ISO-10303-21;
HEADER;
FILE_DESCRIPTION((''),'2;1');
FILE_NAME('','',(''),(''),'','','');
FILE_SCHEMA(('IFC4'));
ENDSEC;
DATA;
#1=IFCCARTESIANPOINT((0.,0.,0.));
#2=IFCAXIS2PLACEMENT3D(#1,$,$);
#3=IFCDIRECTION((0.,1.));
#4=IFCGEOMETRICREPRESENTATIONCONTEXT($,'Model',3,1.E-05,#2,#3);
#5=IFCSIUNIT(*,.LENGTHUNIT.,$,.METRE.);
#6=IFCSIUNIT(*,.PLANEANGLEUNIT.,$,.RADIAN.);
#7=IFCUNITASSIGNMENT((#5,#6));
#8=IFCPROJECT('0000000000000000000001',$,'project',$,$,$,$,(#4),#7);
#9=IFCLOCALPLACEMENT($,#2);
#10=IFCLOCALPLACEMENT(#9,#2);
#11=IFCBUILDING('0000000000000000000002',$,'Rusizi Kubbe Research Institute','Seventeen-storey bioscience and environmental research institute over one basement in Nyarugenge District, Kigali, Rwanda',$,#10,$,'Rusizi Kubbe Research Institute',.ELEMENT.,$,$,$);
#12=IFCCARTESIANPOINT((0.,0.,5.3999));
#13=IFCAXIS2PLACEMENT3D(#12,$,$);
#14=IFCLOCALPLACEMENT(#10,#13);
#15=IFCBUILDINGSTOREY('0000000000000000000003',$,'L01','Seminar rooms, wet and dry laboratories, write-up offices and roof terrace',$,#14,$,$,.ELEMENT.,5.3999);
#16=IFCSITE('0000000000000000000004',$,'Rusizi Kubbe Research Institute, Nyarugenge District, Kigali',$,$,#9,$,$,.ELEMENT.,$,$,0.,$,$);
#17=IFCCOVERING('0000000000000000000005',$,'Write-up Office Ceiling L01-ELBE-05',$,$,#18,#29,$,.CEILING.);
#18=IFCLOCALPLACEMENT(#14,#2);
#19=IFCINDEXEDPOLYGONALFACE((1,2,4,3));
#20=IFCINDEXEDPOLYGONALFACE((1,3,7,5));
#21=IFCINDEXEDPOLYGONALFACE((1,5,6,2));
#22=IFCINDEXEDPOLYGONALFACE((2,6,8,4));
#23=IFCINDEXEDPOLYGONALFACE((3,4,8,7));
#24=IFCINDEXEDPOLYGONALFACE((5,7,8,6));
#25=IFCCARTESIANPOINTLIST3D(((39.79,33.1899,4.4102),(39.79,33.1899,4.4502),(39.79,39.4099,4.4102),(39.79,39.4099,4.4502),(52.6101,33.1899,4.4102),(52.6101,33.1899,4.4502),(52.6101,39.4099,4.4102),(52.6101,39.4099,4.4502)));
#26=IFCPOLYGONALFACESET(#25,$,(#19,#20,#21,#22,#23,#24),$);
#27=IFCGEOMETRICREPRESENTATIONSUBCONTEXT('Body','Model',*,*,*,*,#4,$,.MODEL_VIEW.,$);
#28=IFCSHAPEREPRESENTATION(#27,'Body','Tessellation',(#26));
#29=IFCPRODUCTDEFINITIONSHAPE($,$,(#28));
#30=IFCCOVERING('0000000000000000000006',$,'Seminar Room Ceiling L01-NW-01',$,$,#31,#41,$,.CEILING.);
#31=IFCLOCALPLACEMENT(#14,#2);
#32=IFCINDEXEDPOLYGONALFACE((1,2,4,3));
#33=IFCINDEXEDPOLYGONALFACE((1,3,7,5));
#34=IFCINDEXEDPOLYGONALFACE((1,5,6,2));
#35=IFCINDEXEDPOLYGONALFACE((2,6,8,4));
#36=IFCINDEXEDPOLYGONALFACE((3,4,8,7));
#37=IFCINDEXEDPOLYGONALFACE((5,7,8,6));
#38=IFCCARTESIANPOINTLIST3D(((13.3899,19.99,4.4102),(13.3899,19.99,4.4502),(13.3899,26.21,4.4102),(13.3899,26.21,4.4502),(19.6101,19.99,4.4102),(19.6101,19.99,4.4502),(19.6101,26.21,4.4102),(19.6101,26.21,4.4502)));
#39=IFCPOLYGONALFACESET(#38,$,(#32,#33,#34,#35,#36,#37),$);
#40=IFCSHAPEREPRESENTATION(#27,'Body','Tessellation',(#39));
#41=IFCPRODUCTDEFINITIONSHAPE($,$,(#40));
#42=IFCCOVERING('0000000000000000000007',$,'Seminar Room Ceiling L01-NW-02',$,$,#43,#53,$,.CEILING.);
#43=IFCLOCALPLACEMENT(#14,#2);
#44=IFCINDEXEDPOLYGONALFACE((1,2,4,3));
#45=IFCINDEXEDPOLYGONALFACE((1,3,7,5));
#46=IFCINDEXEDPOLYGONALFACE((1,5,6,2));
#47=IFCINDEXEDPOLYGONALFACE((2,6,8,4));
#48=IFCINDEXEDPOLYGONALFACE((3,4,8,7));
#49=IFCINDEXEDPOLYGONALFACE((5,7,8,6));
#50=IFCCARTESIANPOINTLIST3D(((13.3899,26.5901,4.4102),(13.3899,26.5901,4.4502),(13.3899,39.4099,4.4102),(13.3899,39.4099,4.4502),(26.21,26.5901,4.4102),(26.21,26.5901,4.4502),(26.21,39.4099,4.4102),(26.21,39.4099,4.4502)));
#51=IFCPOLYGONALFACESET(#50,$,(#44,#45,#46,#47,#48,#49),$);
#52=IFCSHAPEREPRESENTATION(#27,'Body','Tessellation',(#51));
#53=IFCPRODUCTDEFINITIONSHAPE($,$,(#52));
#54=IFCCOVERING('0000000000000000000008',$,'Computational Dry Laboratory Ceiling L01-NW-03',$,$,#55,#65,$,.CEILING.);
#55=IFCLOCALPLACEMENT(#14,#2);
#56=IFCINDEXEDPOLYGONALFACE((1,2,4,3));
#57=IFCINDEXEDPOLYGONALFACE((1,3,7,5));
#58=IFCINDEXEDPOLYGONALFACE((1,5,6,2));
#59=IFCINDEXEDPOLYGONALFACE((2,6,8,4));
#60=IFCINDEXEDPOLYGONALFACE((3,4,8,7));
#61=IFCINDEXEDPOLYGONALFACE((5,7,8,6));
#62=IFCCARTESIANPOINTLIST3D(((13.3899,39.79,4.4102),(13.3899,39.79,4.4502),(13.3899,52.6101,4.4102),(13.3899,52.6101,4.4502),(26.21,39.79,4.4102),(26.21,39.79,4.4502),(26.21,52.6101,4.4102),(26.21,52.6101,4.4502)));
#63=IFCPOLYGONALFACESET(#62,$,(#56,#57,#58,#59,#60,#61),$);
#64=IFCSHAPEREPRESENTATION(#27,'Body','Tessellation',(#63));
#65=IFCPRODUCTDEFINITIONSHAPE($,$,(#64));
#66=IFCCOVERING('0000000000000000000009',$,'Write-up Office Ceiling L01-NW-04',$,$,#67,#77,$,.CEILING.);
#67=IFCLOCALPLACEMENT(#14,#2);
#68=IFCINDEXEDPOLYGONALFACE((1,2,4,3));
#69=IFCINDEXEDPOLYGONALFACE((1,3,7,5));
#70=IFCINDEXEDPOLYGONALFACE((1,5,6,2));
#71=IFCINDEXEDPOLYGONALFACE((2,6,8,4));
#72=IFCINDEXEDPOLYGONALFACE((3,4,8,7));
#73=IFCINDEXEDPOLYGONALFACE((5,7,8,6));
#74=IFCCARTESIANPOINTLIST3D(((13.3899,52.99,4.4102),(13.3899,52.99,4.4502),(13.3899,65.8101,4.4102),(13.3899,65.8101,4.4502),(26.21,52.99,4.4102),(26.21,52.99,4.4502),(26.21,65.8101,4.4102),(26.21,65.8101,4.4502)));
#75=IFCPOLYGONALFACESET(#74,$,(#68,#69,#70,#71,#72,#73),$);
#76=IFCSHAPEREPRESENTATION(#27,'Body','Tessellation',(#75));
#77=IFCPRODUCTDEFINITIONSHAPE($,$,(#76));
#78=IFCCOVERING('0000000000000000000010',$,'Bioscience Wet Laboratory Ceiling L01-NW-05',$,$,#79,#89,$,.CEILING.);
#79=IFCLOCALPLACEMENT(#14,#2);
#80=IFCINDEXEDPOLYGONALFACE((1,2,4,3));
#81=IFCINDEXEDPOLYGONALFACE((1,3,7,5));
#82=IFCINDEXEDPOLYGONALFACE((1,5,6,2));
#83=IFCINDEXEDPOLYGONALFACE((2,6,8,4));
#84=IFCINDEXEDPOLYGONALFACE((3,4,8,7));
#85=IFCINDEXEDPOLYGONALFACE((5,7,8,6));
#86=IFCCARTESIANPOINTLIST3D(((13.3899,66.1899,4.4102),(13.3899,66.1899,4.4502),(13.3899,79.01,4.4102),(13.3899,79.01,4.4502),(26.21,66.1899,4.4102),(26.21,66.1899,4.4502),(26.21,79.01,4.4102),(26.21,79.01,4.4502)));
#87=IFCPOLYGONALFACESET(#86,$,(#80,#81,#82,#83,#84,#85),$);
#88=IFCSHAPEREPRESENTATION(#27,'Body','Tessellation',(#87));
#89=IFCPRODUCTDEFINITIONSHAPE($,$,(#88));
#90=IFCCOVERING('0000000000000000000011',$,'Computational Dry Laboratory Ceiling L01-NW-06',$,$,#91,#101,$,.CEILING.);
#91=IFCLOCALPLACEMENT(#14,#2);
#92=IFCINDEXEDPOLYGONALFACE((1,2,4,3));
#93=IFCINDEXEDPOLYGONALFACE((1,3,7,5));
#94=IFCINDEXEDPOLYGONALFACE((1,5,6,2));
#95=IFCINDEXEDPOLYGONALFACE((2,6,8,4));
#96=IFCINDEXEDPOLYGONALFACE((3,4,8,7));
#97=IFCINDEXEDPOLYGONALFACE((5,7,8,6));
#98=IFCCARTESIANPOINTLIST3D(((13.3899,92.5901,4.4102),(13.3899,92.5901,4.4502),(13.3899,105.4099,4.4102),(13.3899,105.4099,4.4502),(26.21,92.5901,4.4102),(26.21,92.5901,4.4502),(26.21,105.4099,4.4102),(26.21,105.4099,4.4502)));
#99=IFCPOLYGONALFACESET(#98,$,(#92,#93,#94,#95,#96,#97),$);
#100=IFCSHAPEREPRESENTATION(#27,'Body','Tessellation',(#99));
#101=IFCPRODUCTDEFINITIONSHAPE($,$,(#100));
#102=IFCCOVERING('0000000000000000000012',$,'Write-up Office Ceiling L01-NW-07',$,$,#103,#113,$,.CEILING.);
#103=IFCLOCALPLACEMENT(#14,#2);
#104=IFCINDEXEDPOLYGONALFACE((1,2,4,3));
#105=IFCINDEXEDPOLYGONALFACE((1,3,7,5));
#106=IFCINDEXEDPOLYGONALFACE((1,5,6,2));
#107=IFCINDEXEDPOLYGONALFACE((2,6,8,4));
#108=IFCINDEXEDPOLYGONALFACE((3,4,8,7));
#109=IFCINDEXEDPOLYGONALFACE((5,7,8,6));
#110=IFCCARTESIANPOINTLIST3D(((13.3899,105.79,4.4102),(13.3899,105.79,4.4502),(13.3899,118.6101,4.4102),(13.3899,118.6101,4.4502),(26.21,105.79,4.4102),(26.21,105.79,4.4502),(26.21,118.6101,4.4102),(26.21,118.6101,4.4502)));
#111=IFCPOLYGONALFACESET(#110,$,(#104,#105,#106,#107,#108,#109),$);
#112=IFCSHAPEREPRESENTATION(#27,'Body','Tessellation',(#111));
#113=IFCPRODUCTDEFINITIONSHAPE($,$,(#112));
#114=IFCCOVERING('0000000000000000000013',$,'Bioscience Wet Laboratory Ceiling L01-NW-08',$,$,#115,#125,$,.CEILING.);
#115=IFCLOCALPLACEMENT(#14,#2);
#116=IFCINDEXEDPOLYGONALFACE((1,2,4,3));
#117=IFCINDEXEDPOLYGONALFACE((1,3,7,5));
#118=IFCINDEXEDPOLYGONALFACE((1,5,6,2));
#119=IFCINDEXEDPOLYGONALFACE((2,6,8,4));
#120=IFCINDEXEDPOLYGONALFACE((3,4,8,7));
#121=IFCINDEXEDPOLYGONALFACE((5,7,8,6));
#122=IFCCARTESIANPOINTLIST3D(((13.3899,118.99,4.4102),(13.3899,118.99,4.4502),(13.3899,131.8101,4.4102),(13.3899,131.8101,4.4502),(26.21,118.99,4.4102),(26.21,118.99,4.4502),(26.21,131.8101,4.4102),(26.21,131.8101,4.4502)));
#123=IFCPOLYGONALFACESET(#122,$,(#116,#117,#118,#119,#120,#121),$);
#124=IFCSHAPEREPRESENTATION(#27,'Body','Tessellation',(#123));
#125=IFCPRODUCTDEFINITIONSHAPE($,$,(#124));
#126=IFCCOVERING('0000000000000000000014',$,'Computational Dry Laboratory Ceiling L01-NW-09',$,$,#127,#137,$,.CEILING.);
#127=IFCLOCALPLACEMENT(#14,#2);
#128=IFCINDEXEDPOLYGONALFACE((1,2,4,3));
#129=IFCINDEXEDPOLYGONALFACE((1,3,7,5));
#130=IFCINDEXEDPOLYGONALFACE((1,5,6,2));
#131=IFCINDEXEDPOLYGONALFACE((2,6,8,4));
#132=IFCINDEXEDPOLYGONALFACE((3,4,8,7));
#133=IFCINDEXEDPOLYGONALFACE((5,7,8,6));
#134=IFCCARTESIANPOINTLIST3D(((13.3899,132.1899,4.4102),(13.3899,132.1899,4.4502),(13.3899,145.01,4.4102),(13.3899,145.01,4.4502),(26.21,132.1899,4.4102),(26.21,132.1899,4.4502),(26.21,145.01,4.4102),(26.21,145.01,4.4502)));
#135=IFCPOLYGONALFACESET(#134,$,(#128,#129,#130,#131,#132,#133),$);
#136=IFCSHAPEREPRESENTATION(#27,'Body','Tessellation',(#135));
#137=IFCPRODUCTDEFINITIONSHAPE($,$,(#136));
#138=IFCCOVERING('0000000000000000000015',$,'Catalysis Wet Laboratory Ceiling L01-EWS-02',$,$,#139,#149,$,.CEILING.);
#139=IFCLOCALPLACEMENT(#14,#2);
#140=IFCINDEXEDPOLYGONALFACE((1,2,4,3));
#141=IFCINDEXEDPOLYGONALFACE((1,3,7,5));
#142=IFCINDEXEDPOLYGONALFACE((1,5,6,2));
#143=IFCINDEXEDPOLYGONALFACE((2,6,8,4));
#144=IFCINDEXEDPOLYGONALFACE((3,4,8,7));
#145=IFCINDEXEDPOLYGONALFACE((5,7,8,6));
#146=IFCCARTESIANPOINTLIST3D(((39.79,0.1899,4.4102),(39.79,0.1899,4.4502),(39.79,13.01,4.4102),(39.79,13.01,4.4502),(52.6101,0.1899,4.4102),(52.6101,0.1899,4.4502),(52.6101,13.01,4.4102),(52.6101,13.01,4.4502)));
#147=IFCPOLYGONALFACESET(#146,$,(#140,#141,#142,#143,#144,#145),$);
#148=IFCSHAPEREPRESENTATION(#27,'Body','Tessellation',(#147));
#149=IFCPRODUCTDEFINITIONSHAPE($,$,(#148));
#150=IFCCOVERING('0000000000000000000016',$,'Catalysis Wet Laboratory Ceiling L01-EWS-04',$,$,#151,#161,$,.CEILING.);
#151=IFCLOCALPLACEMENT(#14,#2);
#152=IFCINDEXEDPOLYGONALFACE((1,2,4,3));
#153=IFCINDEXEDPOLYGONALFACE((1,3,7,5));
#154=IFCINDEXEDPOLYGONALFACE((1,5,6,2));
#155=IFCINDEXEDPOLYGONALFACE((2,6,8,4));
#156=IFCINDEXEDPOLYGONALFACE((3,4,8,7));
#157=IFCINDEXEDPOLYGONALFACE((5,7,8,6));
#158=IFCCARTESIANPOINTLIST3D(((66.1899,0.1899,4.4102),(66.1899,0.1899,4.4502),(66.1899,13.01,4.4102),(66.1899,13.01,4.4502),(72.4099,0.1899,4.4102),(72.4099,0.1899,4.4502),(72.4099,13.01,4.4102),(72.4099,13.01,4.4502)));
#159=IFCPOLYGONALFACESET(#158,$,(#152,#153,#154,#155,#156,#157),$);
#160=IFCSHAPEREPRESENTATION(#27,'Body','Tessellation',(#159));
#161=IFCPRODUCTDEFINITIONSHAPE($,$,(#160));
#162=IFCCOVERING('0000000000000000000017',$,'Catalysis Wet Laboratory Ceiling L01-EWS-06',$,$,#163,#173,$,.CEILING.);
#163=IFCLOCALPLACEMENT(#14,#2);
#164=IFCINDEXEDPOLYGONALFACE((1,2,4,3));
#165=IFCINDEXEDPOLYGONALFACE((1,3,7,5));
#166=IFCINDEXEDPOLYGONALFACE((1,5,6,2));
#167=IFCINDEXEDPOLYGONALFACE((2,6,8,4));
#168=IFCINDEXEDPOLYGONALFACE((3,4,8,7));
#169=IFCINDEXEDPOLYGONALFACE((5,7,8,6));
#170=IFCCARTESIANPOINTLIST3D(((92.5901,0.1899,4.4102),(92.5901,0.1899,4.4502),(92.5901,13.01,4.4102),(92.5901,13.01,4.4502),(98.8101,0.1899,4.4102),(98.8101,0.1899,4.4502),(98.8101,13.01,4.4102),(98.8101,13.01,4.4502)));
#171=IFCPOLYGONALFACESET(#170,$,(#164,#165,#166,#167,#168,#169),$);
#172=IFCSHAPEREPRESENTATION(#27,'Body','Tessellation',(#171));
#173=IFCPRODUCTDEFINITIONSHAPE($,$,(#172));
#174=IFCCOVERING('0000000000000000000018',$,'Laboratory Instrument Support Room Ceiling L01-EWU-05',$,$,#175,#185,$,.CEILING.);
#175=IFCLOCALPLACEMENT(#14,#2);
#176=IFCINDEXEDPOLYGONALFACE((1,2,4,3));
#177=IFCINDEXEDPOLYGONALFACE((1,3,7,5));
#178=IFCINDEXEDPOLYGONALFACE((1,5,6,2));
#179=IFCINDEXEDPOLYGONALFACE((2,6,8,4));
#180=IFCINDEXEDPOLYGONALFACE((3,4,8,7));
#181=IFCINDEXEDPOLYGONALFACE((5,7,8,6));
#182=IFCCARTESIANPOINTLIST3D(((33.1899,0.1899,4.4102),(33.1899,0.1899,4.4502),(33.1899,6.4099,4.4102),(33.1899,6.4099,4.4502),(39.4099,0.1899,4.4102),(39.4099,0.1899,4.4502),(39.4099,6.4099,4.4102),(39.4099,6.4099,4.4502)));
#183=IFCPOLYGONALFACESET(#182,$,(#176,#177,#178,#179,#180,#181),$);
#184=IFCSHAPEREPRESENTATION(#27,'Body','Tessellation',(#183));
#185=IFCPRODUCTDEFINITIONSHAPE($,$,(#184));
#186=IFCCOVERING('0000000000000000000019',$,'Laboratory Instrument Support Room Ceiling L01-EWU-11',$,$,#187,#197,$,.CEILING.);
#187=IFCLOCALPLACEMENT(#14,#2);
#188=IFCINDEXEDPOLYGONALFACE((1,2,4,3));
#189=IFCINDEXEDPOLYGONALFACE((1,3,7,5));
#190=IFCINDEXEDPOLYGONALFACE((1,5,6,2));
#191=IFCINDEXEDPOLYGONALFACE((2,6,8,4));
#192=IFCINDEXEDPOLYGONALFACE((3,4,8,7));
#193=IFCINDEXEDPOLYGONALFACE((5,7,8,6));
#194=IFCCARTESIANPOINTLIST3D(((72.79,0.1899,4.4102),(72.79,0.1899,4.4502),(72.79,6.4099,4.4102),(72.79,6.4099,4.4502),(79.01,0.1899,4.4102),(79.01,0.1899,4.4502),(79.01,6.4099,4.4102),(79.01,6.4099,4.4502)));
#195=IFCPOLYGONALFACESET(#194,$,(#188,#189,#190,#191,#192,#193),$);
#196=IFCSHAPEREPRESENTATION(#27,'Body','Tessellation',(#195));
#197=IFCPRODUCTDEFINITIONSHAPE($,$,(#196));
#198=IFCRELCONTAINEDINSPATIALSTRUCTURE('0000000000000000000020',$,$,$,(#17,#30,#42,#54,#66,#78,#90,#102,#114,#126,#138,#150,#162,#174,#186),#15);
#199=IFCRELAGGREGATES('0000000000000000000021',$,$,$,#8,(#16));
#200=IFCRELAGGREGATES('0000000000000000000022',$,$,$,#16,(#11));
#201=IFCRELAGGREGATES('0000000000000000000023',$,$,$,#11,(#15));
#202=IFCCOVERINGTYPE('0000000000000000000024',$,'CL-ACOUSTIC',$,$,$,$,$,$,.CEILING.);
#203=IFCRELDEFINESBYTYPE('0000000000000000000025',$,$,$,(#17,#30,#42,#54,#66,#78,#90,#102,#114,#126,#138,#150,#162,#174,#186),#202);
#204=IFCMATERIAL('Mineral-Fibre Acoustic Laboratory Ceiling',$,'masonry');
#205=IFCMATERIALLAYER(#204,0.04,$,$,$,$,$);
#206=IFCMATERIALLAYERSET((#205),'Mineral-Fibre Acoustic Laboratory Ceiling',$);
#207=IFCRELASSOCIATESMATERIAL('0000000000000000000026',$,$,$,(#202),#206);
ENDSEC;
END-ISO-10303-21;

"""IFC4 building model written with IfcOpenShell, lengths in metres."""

from ifc_helpers import new_model, si_unit, direction, frame, origin, place, context, subcontext, project, spatial, polyline, outline, extrude, material, layer, layer_set, type_object, element, save


model = new_model("IFC4")

# Units and contexts
model_context = context("Model", 3, precision=1e-05, world=origin(), true_north=direction((0.0, 1.0)))
body_context = subcontext(model_context, "Body", "Model", "MODEL_VIEW")
ifc_project = project(units=[si_unit("LENGTHUNIT", "METRE"), si_unit("PLANEANGLEUNIT", "RADIAN")], contexts=[model_context])

# Site, building, storey
site_placement = place(None, origin())
site = spatial("IfcSite", under=ifc_project, at=site_placement, Name="Rusizi Kubbe Research Institute, Nyarugenge District, Kigali", CompositionType="ELEMENT", RefElevation=0.0)
building_placement = place(site_placement, origin())
building = spatial("IfcBuilding", under=site, at=building_placement, Name="Rusizi Kubbe Research Institute", Description="Seventeen-storey bioscience and environmental research institute over one basement in Nyarugenge District, Kigali, Rwanda", LongName="Rusizi Kubbe Research Institute", CompositionType="ELEMENT")
storey_placement = place(building_placement, frame((0.0, 0.0, 5.3999)))
storey = spatial("IfcBuildingStorey", under=building, at=storey_placement, Name="L01", Description="Seminar rooms, wet and dry laboratories, write-up offices and roof terrace", CompositionType="ELEMENT", Elevation=5.3999)

# Coverings
ifc_material_1 = material(Name="Mineral-Fibre Acoustic Laboratory Ceiling", Category="masonry")
ifc_layer_1 = layer(ifc_material_1, 0.04)
ifc_layer_set_1 = layer_set([ifc_layer_1], Name="Mineral-Fibre Acoustic Laboratory Ceiling")
covering_type_1 = type_object("IfcCoveringType", Name="CL-ACOUSTIC", PredefinedType="CEILING", material=ifc_layer_set_1)
covering_1_placement = place(storey_placement, frame((0.0, 0.0, 4.4102)))
element("IfcCovering", 1, at=covering_1_placement, inside=storey, type_object=covering_type_1, Name="Write-up Office Ceiling L01-ELBE-05", PredefinedType="CEILING", context=body_context, shape_type="SweptSolid", body=[
    extrude(outline(polyline([(39.79, 33.1899), (52.6101, 33.1899), (52.6101, 39.4099), (39.79, 39.4099), (39.79, 33.1899)])), origin(), (0.0, 0.0, 1.0), 0.04),
])
covering_2_placement = place(storey_placement, frame((0.0, 0.0, 4.4102)))
element("IfcCovering", 2, at=covering_2_placement, inside=storey, type_object=covering_type_1, Name="Seminar Room Ceiling L01-NW-01", PredefinedType="CEILING", context=body_context, shape_type="SweptSolid", body=[
    extrude(outline(polyline([(13.3899, 19.99), (19.6101, 19.99), (19.6101, 26.21), (13.3899, 26.21), (13.3899, 19.99)])), origin(), (0.0, 0.0, 1.0), 0.04),
])
covering_3_placement = place(storey_placement, frame((0.0, 0.0, 4.4102)))
element("IfcCovering", 3, at=covering_3_placement, inside=storey, type_object=covering_type_1, Name="Seminar Room Ceiling L01-NW-02", PredefinedType="CEILING", context=body_context, shape_type="SweptSolid", body=[
    extrude(outline(polyline([(13.3899, 26.5901), (26.21, 26.5901), (26.21, 39.4099), (13.3899, 39.4099), (13.3899, 26.5901)])), origin(), (0.0, 0.0, 1.0), 0.04),
])
covering_4_placement = place(storey_placement, frame((0.0, 0.0, 4.4102)))
element("IfcCovering", 4, at=covering_4_placement, inside=storey, type_object=covering_type_1, Name="Computational Dry Laboratory Ceiling L01-NW-03", PredefinedType="CEILING", context=body_context, shape_type="SweptSolid", body=[
    extrude(outline(polyline([(13.3899, 39.79), (26.21, 39.79), (26.21, 52.6101), (13.3899, 52.6101), (13.3899, 39.79)])), origin(), (0.0, 0.0, 1.0), 0.04),
])
covering_5_placement = place(storey_placement, frame((0.0, 0.0, 4.4102)))
element("IfcCovering", 5, at=covering_5_placement, inside=storey, type_object=covering_type_1, Name="Write-up Office Ceiling L01-NW-04", PredefinedType="CEILING", context=body_context, shape_type="SweptSolid", body=[
    extrude(outline(polyline([(13.3899, 52.99), (26.21, 52.99), (26.21, 65.8101), (13.3899, 65.8101), (13.3899, 52.99)])), origin(), (0.0, 0.0, 1.0), 0.04),
])
covering_6_placement = place(storey_placement, frame((0.0, 0.0, 4.4102)))
element("IfcCovering", 6, at=covering_6_placement, inside=storey, type_object=covering_type_1, Name="Bioscience Wet Laboratory Ceiling L01-NW-05", PredefinedType="CEILING", context=body_context, shape_type="SweptSolid", body=[
    extrude(outline(polyline([(13.3899, 66.1899), (26.21, 66.1899), (26.21, 79.01), (13.3899, 79.01), (13.3899, 66.1899)])), origin(), (0.0, 0.0, 1.0), 0.04),
])
covering_7_placement = place(storey_placement, frame((0.0, 0.0, 4.4102)))
element("IfcCovering", 7, at=covering_7_placement, inside=storey, type_object=covering_type_1, Name="Computational Dry Laboratory Ceiling L01-NW-06", PredefinedType="CEILING", context=body_context, shape_type="SweptSolid", body=[
    extrude(outline(polyline([(13.3899, 92.5901), (26.21, 92.5901), (26.21, 105.4099), (13.3899, 105.4099), (13.3899, 92.5901)])), origin(), (0.0, 0.0, 1.0), 0.04),
])
covering_8_placement = place(storey_placement, frame((0.0, 0.0, 4.4102)))
element("IfcCovering", 8, at=covering_8_placement, inside=storey, type_object=covering_type_1, Name="Write-up Office Ceiling L01-NW-07", PredefinedType="CEILING", context=body_context, shape_type="SweptSolid", body=[
    extrude(outline(polyline([(13.3899, 105.79), (26.21, 105.79), (26.21, 118.6101), (13.3899, 118.6101), (13.3899, 105.79)])), origin(), (0.0, 0.0, 1.0), 0.04),
])
covering_9_placement = place(storey_placement, frame((0.0, 0.0, 4.4102)))
element("IfcCovering", 9, at=covering_9_placement, inside=storey, type_object=covering_type_1, Name="Bioscience Wet Laboratory Ceiling L01-NW-08", PredefinedType="CEILING", context=body_context, shape_type="SweptSolid", body=[
    extrude(outline(polyline([(13.3899, 118.99), (26.21, 118.99), (26.21, 131.8101), (13.3899, 131.8101), (13.3899, 118.99)])), origin(), (0.0, 0.0, 1.0), 0.04),
])
covering_10_placement = place(storey_placement, frame((0.0, 0.0, 4.4102)))
element("IfcCovering", 10, at=covering_10_placement, inside=storey, type_object=covering_type_1, Name="Computational Dry Laboratory Ceiling L01-NW-09", PredefinedType="CEILING", context=body_context, shape_type="SweptSolid", body=[
    extrude(outline(polyline([(13.3899, 132.1899), (26.21, 132.1899), (26.21, 145.01), (13.3899, 145.01), (13.3899, 132.1899)])), origin(), (0.0, 0.0, 1.0), 0.04),
])
covering_11_placement = place(storey_placement, frame((0.0, 0.0, 4.4102)))
element("IfcCovering", 11, at=covering_11_placement, inside=storey, type_object=covering_type_1, Name="Catalysis Wet Laboratory Ceiling L01-EWS-02", PredefinedType="CEILING", context=body_context, shape_type="SweptSolid", body=[
    extrude(outline(polyline([(39.79, 0.1899), (52.6101, 0.1899), (52.6101, 13.01), (39.79, 13.01), (39.79, 0.1899)])), origin(), (0.0, 0.0, 1.0), 0.04),
])
covering_12_placement = place(storey_placement, frame((0.0, 0.0, 4.4102)))
element("IfcCovering", 12, at=covering_12_placement, inside=storey, type_object=covering_type_1, Name="Catalysis Wet Laboratory Ceiling L01-EWS-04", PredefinedType="CEILING", context=body_context, shape_type="SweptSolid", body=[
    extrude(outline(polyline([(66.1899, 0.1899), (72.4099, 0.1899), (72.4099, 13.01), (66.1899, 13.01), (66.1899, 0.1899)])), origin(), (0.0, 0.0, 1.0), 0.04),
])
covering_13_placement = place(storey_placement, frame((0.0, 0.0, 4.4102)))
element("IfcCovering", 13, at=covering_13_placement, inside=storey, type_object=covering_type_1, Name="Catalysis Wet Laboratory Ceiling L01-EWS-06", PredefinedType="CEILING", context=body_context, shape_type="SweptSolid", body=[
    extrude(outline(polyline([(92.5901, 0.1899), (98.8101, 0.1899), (98.8101, 13.01), (92.5901, 13.01), (92.5901, 0.1899)])), origin(), (0.0, 0.0, 1.0), 0.04),
])
covering_14_placement = place(storey_placement, frame((0.0, 0.0, 4.4102)))
element("IfcCovering", 14, at=covering_14_placement, inside=storey, type_object=covering_type_1, Name="Laboratory Instrument Support Room Ceiling L01-EWU-05", PredefinedType="CEILING", context=body_context, shape_type="SweptSolid", body=[
    extrude(outline(polyline([(33.1899, 0.1899), (39.4099, 0.1899), (39.4099, 6.4099), (33.1899, 6.4099), (33.1899, 0.1899)])), origin(), (0.0, 0.0, 1.0), 0.04),
])
covering_15_placement = place(storey_placement, frame((0.0, 0.0, 4.4102)))
element("IfcCovering", 15, at=covering_15_placement, inside=storey, type_object=covering_type_1, Name="Laboratory Instrument Support Room Ceiling L01-EWU-11", PredefinedType="CEILING", context=body_context, shape_type="SweptSolid", body=[
    extrude(outline(polyline([(72.79, 0.1899), (79.01, 0.1899), (79.01, 6.4099), (72.79, 6.4099), (72.79, 0.1899)])), origin(), (0.0, 0.0, 1.0), 0.04),
])

save(model, "model.ifc")
